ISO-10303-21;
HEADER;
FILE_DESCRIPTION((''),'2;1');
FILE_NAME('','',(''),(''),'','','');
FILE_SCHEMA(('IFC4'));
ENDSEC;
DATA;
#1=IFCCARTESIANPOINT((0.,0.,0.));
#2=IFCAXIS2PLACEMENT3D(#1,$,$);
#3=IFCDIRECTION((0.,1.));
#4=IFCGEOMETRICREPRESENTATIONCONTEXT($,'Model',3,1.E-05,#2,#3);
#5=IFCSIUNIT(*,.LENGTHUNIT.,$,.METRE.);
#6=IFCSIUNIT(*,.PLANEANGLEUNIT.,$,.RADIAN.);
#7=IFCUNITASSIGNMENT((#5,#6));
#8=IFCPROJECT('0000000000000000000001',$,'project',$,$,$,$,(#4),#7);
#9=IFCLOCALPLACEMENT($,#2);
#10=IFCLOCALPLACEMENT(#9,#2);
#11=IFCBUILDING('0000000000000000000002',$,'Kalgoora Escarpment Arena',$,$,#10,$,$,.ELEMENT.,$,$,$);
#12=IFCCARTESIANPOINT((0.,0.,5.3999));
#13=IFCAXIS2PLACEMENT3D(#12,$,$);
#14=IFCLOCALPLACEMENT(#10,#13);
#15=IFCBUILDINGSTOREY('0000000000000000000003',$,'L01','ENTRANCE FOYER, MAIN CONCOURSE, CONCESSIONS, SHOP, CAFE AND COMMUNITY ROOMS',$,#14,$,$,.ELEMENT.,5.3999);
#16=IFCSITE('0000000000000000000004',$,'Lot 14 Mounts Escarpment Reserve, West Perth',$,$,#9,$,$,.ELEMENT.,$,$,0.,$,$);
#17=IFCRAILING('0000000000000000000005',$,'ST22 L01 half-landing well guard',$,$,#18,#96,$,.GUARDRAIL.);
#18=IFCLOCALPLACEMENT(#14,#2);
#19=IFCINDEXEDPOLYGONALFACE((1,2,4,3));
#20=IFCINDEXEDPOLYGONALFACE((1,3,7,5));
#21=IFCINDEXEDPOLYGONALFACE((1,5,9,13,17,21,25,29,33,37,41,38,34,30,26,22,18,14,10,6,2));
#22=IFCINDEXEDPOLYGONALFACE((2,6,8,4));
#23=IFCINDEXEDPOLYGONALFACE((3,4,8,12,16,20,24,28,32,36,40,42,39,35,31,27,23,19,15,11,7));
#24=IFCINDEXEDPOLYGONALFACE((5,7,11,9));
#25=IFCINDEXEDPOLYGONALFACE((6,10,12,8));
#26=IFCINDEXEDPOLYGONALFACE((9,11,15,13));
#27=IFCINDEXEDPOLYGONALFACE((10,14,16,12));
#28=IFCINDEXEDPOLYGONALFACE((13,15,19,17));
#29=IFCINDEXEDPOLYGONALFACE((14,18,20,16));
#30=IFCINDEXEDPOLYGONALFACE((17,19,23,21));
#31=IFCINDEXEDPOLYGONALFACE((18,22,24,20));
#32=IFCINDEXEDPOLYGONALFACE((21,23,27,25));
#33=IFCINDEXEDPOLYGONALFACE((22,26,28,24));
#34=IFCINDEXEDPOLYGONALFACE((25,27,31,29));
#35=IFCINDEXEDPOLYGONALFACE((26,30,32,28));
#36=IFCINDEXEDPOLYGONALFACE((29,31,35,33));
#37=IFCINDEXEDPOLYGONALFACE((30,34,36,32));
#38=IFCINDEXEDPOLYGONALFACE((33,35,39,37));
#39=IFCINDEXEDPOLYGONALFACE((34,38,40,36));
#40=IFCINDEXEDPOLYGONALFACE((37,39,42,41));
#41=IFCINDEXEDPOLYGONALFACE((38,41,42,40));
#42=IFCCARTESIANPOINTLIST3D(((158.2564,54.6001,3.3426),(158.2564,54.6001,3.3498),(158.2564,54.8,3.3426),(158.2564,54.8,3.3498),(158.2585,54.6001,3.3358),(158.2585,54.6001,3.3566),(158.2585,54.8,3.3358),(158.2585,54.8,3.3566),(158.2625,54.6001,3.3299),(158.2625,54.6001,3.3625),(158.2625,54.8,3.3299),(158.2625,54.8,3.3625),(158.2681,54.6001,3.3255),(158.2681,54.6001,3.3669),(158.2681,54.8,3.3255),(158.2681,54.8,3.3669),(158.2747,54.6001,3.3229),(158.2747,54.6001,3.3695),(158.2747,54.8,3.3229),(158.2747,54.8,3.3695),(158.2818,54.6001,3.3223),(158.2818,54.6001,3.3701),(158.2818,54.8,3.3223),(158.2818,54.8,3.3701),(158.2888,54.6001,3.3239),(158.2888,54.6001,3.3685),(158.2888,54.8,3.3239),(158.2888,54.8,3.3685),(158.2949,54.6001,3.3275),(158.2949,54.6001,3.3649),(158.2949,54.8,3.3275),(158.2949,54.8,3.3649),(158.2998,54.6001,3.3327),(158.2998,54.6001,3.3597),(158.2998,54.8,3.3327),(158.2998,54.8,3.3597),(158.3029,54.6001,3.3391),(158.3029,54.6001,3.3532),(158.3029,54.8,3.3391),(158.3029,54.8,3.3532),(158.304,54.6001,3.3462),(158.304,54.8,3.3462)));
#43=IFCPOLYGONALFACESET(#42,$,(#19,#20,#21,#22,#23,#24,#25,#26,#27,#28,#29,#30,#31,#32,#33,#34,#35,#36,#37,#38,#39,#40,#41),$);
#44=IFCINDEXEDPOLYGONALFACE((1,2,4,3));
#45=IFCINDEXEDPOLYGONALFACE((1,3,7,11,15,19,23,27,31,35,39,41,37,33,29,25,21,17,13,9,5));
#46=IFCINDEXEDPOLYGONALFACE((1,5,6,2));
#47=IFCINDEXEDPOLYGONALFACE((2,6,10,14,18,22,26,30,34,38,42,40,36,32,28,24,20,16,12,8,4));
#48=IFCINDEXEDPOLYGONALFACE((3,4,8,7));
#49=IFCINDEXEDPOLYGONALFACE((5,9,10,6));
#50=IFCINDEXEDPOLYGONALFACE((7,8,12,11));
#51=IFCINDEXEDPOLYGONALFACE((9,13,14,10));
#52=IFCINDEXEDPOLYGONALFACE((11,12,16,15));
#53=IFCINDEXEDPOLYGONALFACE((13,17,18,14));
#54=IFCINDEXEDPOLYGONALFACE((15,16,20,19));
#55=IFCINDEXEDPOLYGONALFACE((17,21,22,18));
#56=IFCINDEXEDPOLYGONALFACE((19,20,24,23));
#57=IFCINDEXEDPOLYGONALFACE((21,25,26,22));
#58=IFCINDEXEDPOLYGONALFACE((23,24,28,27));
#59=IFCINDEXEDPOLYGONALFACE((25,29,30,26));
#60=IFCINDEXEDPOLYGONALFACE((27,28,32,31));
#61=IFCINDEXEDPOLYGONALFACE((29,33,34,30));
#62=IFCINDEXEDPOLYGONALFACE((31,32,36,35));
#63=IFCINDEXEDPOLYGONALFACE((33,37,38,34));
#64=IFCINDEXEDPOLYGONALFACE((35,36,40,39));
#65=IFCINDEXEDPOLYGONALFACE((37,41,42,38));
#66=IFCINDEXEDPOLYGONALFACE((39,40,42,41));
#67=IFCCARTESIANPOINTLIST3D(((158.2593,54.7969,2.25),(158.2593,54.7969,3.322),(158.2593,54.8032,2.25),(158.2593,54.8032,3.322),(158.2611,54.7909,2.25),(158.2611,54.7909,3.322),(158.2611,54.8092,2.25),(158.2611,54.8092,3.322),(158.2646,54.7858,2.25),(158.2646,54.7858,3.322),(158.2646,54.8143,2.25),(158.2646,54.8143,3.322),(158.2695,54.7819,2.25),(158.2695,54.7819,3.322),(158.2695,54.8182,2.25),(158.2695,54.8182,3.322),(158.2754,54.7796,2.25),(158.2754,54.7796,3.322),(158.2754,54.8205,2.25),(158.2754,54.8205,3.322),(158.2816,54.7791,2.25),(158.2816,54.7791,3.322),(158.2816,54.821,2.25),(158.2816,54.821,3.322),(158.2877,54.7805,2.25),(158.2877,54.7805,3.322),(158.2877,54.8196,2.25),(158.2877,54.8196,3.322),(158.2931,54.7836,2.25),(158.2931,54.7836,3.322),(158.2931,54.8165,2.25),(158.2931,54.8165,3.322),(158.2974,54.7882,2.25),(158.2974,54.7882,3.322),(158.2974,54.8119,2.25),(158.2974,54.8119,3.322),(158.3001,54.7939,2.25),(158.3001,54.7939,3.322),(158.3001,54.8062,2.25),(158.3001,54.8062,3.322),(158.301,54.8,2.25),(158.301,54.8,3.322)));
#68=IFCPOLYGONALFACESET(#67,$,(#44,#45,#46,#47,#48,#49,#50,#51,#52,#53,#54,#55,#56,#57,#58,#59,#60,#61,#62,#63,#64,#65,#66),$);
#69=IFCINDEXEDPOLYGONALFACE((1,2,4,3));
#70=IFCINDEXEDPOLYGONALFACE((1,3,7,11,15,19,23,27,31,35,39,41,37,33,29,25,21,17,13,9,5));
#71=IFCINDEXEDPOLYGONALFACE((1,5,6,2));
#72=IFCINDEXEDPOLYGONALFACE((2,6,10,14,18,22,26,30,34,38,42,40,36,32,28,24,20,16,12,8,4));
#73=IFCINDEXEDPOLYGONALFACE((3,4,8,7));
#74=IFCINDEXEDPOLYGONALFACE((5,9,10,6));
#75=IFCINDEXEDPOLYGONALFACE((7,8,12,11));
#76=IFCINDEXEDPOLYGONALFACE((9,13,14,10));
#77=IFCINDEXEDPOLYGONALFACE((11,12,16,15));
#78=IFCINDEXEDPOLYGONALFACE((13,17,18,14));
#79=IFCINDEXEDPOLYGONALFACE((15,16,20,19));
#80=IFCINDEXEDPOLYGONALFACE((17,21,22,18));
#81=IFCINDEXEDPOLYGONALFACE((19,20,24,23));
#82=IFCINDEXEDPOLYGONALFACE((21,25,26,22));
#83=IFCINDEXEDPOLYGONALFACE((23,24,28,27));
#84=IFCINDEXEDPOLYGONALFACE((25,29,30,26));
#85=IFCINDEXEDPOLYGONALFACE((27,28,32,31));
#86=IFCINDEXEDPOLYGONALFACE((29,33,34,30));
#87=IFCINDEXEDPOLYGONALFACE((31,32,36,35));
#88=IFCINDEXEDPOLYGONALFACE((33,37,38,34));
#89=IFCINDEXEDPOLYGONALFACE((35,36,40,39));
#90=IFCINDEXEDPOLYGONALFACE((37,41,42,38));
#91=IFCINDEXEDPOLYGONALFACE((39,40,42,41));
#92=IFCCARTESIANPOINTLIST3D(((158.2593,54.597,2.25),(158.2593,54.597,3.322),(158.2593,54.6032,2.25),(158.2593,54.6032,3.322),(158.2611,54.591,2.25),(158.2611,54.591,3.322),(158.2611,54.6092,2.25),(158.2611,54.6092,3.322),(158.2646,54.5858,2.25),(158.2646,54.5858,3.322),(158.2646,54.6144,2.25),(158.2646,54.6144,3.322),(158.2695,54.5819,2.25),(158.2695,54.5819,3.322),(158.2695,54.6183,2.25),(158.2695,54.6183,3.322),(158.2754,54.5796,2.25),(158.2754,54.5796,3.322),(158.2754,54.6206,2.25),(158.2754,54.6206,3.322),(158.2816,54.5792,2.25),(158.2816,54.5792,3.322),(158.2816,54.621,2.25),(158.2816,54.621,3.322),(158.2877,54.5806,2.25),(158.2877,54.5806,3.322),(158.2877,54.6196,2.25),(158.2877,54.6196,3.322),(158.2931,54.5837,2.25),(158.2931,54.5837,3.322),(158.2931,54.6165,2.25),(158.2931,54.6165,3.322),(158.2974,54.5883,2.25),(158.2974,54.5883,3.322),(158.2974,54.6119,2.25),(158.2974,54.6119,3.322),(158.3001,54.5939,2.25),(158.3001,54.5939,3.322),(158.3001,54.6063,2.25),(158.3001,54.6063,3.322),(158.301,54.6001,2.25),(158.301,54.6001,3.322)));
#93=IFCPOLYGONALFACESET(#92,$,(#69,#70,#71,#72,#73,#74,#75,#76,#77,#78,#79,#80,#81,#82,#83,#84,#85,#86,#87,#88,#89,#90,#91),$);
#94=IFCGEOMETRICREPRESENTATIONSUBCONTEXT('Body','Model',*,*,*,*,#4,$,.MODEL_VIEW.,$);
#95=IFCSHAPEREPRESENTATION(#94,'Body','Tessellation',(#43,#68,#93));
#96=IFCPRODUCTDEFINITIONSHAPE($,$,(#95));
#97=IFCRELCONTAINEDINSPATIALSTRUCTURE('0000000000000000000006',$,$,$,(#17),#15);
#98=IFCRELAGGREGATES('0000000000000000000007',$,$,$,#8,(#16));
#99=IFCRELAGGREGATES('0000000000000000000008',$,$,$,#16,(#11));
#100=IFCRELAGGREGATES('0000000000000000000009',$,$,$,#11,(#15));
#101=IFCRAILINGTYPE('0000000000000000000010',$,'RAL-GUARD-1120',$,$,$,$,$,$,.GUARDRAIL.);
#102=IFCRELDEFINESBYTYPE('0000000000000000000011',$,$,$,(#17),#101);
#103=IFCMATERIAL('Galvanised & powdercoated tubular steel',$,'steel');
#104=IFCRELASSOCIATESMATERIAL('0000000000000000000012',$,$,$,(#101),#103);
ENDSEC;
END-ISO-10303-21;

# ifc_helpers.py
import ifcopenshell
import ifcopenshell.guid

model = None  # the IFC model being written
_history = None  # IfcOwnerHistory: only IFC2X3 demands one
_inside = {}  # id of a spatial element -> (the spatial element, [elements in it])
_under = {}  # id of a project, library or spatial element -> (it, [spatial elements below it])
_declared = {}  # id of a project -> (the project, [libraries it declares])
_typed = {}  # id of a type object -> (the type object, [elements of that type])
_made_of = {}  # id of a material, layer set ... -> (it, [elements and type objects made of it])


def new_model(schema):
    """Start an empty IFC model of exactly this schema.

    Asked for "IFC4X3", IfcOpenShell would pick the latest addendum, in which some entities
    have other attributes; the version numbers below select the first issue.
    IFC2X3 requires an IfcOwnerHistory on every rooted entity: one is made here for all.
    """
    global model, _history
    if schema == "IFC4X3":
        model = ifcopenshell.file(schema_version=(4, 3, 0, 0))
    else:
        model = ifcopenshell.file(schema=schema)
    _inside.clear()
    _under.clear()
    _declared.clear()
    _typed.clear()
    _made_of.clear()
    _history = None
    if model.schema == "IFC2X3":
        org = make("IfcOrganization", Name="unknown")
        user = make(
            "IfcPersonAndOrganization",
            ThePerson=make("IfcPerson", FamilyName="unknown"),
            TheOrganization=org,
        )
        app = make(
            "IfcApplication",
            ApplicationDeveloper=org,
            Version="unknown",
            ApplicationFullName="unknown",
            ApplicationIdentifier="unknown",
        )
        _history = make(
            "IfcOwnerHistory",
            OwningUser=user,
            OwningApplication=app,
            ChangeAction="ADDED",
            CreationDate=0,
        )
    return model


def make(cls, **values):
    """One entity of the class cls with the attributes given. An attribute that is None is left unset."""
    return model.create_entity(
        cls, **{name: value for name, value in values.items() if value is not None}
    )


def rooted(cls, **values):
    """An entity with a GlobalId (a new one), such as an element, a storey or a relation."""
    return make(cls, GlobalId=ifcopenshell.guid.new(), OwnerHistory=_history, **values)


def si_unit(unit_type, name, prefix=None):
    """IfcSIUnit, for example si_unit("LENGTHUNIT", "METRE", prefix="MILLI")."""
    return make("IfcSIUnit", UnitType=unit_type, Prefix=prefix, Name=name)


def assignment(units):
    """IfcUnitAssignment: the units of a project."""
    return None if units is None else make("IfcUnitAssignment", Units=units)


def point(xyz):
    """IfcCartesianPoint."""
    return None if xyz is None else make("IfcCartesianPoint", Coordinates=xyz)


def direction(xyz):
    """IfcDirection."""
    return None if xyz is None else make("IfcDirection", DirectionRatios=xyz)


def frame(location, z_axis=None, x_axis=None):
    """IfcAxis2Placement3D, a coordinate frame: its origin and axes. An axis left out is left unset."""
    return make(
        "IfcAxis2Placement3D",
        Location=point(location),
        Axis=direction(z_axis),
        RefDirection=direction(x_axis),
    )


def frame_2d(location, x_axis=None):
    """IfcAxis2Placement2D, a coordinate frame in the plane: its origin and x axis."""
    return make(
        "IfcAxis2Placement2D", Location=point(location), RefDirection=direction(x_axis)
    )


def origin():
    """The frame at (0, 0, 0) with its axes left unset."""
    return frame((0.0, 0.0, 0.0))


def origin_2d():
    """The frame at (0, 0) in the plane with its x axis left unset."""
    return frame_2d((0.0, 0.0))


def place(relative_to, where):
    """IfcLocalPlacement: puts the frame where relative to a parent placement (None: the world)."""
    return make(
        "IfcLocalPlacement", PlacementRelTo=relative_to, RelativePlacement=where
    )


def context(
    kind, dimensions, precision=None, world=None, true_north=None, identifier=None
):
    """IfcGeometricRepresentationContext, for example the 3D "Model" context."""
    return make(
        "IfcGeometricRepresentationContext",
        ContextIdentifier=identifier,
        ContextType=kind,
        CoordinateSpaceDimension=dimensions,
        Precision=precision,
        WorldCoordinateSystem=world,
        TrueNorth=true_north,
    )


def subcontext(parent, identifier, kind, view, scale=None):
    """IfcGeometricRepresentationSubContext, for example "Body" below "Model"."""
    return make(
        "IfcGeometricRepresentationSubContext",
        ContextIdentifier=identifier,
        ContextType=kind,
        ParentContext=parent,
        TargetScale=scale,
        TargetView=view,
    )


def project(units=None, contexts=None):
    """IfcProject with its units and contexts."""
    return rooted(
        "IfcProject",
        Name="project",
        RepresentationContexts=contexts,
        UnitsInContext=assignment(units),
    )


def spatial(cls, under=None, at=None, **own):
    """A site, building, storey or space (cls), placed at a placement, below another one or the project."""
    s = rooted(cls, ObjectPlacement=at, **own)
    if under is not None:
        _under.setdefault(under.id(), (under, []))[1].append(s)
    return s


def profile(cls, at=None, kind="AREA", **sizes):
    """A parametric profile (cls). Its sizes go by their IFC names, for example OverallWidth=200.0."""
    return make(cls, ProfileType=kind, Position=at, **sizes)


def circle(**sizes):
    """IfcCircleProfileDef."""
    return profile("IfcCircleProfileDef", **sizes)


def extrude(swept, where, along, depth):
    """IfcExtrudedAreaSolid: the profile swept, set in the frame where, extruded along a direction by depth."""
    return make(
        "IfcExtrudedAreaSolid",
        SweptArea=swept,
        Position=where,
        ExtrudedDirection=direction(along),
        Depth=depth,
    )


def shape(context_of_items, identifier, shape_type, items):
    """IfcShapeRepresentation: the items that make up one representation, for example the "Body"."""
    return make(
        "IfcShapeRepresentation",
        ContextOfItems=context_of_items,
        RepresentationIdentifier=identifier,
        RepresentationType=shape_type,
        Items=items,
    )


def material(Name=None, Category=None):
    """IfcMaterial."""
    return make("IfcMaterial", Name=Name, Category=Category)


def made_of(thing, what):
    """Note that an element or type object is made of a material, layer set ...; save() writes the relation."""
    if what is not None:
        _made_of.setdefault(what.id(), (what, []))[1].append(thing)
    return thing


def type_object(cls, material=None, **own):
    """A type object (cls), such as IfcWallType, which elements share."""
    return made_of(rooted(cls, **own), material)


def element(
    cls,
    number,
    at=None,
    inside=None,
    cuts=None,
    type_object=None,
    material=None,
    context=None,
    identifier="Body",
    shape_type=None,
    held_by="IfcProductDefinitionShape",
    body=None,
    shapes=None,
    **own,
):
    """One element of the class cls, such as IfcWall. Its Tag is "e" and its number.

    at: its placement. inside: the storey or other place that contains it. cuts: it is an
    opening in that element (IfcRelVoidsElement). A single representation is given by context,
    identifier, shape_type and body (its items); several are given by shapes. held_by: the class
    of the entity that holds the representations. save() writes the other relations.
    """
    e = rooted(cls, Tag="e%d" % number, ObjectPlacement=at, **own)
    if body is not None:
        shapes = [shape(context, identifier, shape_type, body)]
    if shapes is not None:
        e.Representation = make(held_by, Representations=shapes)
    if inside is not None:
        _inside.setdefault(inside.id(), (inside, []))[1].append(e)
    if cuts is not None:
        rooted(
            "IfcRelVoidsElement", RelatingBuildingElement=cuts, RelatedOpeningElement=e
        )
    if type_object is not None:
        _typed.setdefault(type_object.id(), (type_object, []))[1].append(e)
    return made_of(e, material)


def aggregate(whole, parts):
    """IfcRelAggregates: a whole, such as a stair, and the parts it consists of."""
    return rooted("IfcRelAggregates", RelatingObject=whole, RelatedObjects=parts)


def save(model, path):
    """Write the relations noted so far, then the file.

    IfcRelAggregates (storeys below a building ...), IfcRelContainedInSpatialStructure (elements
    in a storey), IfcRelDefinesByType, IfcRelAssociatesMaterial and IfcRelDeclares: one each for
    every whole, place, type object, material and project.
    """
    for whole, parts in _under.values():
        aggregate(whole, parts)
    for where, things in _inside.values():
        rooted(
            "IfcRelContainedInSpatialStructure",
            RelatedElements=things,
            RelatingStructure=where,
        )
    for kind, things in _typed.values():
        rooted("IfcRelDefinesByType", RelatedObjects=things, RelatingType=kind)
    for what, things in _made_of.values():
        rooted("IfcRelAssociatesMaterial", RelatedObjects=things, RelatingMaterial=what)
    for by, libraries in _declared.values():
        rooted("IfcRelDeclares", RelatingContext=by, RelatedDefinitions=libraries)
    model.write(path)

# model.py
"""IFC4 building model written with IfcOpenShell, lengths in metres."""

from ifc_helpers import new_model, si_unit, direction, frame, origin, origin_2d, place, context, subcontext, project, spatial, circle, extrude, material, type_object, element, save


model = new_model("IFC4")

# Units and contexts
model_context = context("Model", 3, precision=1e-05, world=origin(), true_north=direction((0.0, 1.0)))
body_context = subcontext(model_context, "Body", "Model", "MODEL_VIEW")
ifc_project = project(units=[si_unit("LENGTHUNIT", "METRE"), si_unit("PLANEANGLEUNIT", "RADIAN")], contexts=[model_context])

# Site, building, storey
site_placement = place(None, origin())
site = spatial("IfcSite", under=ifc_project, at=site_placement, Name="Lot 14 Mounts Escarpment Reserve, West Perth", CompositionType="ELEMENT", RefElevation=0.0)
building_placement = place(site_placement, origin())
building = spatial("IfcBuilding", under=site, at=building_placement, Name="Kalgoora Escarpment Arena", CompositionType="ELEMENT")
storey_placement = place(building_placement, frame((0.0, 0.0, 5.3999)))
storey = spatial("IfcBuildingStorey", under=building, at=storey_placement, Name="L01", Description="ENTRANCE FOYER, MAIN CONCOURSE, CONCESSIONS, SHOP, CAFE AND COMMUNITY ROOMS", CompositionType="ELEMENT", Elevation=5.3999)

# Railing
ifc_material_1 = material(Name="Galvanised & powdercoated tubular steel", Category="steel")
railing_type_1 = type_object("IfcRailingType", Name="RAL-GUARD-1120", PredefinedType="GUARDRAIL", material=ifc_material_1)
railing_1_placement = place(storey_placement, frame((158.28, 54.8, 2.25)))
element("IfcRailing", 1, at=railing_1_placement, inside=storey, type_object=railing_type_1, Name="ST22 L01 half-landing well guard", PredefinedType="GUARDRAIL", context=body_context, shape_type="SweptSolid", body=[
    extrude(circle(Radius=0.0239, at=origin_2d()), frame((0.0, 0.0, 1.0962), z_axis=(0.0, -1.0, 0.0), x_axis=(1.0, 0.0, 0.0)), (0.0, 0.0, 1.0), 0.2),
    extrude(circle(Radius=0.021, at=origin_2d()), origin(), (0.0, 0.0, 1.0), 1.072),
    extrude(circle(Radius=0.021, at=origin_2d()), frame((0.0, -0.2, 0.0)), (0.0, 0.0, 1.0), 1.072),
])

save(model, "model.ifc")
